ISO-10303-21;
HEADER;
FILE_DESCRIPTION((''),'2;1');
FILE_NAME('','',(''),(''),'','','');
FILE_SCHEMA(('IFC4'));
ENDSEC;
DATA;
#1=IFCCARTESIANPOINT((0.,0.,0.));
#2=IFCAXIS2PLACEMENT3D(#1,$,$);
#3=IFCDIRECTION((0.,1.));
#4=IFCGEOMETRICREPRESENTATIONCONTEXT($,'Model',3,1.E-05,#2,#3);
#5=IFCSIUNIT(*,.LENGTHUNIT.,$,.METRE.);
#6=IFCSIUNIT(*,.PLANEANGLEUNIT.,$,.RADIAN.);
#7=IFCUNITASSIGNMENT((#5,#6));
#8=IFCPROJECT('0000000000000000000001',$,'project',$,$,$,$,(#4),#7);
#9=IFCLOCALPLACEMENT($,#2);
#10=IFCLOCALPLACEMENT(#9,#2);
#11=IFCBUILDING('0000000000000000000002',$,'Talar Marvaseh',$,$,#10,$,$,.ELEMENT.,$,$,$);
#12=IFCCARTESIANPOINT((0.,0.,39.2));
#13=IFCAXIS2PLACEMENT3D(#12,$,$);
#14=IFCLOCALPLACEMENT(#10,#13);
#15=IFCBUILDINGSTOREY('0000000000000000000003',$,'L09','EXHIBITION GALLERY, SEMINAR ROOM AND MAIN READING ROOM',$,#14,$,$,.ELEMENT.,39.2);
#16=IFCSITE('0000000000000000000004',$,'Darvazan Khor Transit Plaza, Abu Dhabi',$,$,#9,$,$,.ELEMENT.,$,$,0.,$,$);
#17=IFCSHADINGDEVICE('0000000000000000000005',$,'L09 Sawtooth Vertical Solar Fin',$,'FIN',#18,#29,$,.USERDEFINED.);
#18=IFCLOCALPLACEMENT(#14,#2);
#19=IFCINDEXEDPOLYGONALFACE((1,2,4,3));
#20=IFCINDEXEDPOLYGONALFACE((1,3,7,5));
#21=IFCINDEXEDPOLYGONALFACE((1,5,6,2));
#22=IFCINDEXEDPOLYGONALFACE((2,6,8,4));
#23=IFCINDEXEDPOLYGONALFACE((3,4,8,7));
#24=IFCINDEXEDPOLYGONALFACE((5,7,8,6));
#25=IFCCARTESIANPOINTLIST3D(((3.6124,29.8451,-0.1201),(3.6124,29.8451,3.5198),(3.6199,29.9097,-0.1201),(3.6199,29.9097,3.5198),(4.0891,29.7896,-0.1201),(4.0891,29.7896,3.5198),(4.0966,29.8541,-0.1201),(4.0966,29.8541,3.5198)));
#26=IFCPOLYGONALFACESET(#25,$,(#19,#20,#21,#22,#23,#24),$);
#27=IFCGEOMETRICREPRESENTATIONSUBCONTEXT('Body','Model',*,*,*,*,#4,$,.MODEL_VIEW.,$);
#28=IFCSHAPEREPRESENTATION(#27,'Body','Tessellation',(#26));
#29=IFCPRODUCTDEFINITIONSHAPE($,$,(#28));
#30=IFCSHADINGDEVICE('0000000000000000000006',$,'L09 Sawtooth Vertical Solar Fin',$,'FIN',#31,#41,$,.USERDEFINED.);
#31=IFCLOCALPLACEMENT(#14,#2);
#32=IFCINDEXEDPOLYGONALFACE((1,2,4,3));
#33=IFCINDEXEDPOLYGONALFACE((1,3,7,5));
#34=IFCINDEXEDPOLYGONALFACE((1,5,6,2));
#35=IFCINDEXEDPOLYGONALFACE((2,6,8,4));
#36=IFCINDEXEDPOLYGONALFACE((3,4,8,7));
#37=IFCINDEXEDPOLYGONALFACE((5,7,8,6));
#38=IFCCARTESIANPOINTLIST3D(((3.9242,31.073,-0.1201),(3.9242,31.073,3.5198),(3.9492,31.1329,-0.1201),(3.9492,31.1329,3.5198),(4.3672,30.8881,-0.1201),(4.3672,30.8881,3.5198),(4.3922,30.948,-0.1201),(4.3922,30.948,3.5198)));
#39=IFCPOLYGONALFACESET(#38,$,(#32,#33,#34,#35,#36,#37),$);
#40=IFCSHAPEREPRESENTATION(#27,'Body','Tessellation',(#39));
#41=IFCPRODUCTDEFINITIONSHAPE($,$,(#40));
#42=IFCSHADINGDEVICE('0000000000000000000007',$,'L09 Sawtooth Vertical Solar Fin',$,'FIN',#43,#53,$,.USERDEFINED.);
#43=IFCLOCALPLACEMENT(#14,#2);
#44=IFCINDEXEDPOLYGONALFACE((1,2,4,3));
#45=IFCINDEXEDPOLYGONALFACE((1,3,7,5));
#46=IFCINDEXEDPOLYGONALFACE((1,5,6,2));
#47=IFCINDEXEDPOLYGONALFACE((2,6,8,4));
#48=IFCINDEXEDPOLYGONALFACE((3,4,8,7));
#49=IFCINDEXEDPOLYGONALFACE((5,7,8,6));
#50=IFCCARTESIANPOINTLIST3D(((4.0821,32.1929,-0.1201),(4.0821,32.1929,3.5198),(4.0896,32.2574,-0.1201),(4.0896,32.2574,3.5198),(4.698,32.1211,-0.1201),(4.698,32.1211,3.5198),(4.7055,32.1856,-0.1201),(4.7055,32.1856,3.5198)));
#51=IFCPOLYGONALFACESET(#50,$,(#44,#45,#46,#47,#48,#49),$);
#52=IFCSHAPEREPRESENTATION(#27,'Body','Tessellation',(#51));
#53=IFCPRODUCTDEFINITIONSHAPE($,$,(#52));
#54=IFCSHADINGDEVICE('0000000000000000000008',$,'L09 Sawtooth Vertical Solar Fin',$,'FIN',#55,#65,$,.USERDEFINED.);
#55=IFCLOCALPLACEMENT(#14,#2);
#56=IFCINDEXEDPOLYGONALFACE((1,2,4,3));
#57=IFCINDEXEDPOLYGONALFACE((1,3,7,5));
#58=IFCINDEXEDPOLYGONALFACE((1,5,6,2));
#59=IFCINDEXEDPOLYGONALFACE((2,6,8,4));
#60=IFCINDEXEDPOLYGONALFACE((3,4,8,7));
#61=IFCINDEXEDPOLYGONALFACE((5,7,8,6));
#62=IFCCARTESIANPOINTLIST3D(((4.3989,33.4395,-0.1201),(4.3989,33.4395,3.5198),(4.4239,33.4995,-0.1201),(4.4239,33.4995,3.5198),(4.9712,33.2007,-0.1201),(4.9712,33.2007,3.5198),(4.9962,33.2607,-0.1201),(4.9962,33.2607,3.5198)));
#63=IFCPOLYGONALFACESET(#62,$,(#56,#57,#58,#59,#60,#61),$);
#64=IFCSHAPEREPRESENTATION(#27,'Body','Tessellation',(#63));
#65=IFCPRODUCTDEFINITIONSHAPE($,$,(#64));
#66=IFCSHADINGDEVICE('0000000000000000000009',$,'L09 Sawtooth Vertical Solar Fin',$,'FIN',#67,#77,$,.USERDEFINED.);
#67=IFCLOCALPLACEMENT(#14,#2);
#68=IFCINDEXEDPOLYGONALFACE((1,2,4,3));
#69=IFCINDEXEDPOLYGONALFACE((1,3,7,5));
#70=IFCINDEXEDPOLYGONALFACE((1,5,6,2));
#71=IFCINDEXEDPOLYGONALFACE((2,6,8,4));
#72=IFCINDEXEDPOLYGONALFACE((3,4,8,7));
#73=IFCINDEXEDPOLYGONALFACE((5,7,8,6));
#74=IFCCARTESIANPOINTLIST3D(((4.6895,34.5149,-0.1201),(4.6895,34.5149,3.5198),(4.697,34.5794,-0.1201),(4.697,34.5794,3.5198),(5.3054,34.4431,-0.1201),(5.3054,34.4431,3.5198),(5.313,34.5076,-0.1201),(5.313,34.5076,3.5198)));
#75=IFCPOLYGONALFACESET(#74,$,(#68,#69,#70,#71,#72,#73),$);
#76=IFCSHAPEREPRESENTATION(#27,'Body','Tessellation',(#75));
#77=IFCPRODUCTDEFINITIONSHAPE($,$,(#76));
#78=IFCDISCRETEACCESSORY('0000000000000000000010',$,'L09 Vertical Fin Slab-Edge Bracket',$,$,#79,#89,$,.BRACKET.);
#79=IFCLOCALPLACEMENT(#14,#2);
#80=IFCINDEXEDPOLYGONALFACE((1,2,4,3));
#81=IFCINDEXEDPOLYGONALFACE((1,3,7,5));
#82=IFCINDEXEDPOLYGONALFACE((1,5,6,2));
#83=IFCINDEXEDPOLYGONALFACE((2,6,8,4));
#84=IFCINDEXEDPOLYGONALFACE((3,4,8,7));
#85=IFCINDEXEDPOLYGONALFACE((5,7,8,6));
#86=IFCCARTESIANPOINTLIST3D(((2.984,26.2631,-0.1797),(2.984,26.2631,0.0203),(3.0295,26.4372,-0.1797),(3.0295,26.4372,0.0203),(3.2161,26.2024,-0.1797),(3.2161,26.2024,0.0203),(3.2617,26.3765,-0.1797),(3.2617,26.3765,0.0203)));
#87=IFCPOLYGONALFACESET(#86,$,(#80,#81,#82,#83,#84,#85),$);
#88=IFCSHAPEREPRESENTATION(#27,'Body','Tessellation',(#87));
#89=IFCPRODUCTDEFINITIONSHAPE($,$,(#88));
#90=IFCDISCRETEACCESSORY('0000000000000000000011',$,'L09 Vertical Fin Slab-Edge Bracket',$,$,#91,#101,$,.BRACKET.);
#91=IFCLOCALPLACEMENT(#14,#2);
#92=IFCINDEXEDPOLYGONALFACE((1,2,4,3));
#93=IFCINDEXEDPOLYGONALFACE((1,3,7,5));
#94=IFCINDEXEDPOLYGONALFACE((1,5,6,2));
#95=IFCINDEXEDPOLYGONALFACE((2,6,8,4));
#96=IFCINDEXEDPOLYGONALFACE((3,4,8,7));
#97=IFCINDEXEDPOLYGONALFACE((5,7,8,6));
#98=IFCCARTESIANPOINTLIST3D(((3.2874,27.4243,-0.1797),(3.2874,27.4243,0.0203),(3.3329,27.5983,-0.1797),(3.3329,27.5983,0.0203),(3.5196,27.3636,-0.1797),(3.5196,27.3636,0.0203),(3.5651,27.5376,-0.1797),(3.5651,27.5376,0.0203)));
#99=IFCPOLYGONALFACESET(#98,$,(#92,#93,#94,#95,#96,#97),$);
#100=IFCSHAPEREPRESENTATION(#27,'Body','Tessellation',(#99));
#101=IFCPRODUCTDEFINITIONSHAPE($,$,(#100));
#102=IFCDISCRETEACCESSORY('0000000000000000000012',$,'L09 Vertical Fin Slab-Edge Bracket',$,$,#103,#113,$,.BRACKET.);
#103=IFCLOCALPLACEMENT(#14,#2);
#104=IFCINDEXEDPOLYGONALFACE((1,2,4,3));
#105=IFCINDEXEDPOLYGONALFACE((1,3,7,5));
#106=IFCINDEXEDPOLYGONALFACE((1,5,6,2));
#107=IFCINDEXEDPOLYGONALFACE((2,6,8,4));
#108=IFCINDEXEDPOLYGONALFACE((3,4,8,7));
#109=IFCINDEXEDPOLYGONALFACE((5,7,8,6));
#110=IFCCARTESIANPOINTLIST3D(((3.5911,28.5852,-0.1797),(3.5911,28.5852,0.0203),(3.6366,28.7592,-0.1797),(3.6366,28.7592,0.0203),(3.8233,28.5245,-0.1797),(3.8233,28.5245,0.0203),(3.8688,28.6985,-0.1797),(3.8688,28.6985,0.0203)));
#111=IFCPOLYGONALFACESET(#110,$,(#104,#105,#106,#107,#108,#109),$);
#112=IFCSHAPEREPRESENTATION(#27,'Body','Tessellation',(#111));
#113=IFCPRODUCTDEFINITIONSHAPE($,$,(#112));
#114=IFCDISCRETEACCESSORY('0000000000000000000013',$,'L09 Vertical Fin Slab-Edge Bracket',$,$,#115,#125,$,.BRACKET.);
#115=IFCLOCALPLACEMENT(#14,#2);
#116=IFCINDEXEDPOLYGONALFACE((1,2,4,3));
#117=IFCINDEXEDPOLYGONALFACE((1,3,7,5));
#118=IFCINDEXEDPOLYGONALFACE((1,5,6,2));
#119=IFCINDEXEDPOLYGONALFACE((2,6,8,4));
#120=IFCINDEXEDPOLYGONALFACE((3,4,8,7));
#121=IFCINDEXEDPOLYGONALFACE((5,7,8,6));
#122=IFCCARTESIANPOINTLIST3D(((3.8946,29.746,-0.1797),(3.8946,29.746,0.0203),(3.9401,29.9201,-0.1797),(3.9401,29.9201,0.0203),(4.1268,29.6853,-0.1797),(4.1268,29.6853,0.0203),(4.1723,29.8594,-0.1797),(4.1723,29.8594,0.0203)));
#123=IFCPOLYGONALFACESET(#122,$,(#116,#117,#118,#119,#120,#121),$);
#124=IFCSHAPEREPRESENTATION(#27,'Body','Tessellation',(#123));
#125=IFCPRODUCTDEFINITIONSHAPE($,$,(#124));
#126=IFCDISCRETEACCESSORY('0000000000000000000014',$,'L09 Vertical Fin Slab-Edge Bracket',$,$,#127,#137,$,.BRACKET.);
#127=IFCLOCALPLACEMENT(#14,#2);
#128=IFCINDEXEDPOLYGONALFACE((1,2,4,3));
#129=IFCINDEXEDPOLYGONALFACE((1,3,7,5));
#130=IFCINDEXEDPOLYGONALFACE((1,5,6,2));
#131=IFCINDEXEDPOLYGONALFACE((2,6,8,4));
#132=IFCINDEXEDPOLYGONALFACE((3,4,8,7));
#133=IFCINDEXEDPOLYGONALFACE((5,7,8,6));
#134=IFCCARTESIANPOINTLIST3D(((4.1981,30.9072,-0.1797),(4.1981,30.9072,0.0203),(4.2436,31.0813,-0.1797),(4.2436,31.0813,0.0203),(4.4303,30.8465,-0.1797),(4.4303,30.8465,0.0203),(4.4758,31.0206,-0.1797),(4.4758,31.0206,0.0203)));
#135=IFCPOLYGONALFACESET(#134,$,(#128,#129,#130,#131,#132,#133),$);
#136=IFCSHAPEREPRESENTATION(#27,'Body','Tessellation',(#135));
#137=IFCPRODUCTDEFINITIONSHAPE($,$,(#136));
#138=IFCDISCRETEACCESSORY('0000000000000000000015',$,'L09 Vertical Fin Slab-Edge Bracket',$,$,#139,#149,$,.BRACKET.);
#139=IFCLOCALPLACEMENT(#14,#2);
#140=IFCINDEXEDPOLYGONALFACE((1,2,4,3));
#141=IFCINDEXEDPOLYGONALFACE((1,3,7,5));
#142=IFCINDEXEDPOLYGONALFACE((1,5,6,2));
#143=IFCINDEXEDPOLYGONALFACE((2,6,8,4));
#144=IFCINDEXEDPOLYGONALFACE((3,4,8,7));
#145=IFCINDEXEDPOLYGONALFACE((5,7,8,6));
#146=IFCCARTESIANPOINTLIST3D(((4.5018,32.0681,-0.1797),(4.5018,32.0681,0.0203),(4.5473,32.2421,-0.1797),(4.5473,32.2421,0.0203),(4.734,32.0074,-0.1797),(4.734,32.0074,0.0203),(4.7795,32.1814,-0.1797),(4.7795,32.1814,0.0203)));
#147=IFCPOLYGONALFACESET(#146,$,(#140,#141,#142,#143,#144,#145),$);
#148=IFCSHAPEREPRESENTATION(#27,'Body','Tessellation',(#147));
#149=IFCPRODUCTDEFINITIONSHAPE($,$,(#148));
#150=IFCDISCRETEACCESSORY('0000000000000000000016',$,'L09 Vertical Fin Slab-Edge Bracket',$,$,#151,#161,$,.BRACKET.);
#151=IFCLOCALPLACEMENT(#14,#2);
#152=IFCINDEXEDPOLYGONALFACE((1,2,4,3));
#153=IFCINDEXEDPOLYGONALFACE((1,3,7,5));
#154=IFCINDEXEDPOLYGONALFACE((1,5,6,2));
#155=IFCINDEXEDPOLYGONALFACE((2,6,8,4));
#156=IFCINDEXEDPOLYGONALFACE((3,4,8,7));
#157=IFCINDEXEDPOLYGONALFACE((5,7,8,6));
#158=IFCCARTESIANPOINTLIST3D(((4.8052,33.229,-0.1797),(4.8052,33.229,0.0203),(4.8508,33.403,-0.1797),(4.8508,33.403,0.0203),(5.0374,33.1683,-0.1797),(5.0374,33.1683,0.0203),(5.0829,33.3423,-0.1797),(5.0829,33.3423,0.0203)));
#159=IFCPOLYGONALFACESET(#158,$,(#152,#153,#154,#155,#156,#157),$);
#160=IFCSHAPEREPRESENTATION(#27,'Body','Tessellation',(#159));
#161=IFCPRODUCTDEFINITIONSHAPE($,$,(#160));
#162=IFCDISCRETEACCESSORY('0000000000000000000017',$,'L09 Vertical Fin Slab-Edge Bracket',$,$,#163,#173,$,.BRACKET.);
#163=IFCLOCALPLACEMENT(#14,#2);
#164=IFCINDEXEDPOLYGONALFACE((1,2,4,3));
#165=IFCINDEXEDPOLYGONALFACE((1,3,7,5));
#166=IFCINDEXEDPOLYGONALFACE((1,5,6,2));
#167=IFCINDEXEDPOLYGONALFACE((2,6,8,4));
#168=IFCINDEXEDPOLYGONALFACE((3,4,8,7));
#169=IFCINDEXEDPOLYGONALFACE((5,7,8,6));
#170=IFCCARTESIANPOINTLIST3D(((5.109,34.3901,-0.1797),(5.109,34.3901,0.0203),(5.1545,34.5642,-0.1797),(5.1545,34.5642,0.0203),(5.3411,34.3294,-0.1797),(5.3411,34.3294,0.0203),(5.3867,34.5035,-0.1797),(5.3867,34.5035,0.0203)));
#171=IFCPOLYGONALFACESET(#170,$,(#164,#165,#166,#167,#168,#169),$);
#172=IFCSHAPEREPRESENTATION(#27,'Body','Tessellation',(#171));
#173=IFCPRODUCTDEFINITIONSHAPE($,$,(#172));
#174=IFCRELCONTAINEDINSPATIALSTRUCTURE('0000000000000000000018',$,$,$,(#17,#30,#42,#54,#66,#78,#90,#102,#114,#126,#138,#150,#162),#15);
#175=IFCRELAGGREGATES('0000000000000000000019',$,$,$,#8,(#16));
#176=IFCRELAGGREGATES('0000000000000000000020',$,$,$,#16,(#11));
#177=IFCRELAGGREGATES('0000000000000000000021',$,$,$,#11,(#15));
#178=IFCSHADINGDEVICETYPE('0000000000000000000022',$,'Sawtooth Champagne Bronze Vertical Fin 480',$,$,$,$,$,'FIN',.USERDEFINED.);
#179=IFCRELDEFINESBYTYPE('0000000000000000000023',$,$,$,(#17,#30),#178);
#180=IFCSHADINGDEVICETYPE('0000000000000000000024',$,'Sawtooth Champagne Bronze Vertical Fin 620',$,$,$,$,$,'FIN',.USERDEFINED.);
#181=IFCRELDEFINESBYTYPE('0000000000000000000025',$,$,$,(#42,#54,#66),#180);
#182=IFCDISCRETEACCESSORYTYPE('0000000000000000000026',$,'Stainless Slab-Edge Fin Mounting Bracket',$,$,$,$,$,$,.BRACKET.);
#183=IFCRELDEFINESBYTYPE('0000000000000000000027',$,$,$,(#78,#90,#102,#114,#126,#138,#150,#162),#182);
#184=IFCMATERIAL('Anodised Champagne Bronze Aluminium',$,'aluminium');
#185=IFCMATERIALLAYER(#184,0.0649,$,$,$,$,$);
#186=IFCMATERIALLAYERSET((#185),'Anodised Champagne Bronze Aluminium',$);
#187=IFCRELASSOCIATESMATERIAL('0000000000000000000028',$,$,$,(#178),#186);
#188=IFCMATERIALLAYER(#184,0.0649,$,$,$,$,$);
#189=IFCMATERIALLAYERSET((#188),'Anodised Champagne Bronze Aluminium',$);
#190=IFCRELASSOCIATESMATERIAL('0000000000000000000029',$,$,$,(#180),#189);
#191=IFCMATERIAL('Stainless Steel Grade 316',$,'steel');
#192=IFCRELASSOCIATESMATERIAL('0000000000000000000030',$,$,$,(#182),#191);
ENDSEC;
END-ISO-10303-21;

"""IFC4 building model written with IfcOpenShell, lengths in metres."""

from ifc_helpers import new_model, si_unit, direction, frame, origin, origin_2d, place, context, subcontext, project, spatial, rectangle, extrude, source, transform, mapped, material, layer, layer_set, type_object, type_shapes, element, save


model = new_model("IFC4")

# Units and contexts
model_context = context("Model", 3, precision=1e-05, world=origin(), true_north=direction((0.0, 1.0)))
body_context = subcontext(model_context, "Body", "Model", "MODEL_VIEW")
ifc_project = project(units=[si_unit("LENGTHUNIT", "METRE"), si_unit("PLANEANGLEUNIT", "RADIAN")], contexts=[model_context])

# Site, building, storey
site_placement = place(None, origin())
site = spatial("IfcSite", under=ifc_project, at=site_placement, Name="Darvazan Khor Transit Plaza, Abu Dhabi", CompositionType="ELEMENT", RefElevation=0.0)
building_placement = place(site_placement, origin())
building = spatial("IfcBuilding", under=site, at=building_placement, Name="Talar Marvaseh", CompositionType="ELEMENT")
storey_placement = place(building_placement, frame((0.0, 0.0, 39.2)))
storey = spatial("IfcBuildingStorey", under=building, at=storey_placement, Name="L09", Description="EXHIBITION GALLERY, SEMINAR ROOM AND MAIN READING ROOM", CompositionType="ELEMENT", Elevation=39.2)

# Shading devices
ifc_material_1 = material(Name="Anodised Champagne Bronze Aluminium", Category="aluminium")
ifc_layer_1 = layer(ifc_material_1, 0.0649)
ifc_layer_set_1 = layer_set([ifc_layer_1], Name="Anodised Champagne Bronze Aluminium")
shading_device_type_1 = type_object("IfcShadingDeviceType", Name="Sawtooth Champagne Bronze Vertical Fin 480", ElementType="FIN", PredefinedType="USERDEFINED", material=ifc_layer_set_1)
shared_shape_1 = source(origin(), body_context, "Body", "SweptSolid", [
    extrude(rectangle(XDim=0.48, YDim=0.0649, at=origin_2d()), origin(), (0.0, 0.0, 1.0), 3.6399),
])
type_shapes(shading_device_type_1, [shared_shape_1])
for number, where, z_axis, x_axis, name in (
    (1, (3.8545, 29.8496, -0.1201), (0.0, 0.0, 1.0), (-0.993272, 0.115804, 0.0), "L09 Sawtooth Vertical Solar Fin"),
    (2, (4.1582, 31.0105, -0.1201), (0.0, 0.0, 1.0), (-0.922875, 0.385101, 0.0), "L09 Sawtooth Vertical Solar Fin"),
):
    element("IfcShadingDevice", number, at=place(storey_placement, frame(where, z_axis=z_axis, x_axis=x_axis)), inside=storey, type_object=shading_device_type_1, Name=name, ObjectType="FIN", PredefinedType="USERDEFINED", context=body_context, shape_type="MappedRepresentation", body=[
        mapped(shared_shape_1, transform((0.0, 0.0, 0.0), x_axis=(1.0, 0.0, 0.0), y_axis=(0.0, 1.0, 0.0), z_axis=(0.0, 0.0, 1.0), scale=1.0)),
    ])
ifc_layer_2 = layer(ifc_material_1, 0.0649)
ifc_layer_set_2 = layer_set([ifc_layer_2], Name="Anodised Champagne Bronze Aluminium")
shading_device_type_2 = type_object("IfcShadingDeviceType", Name="Sawtooth Champagne Bronze Vertical Fin 620", ElementType="FIN", PredefinedType="USERDEFINED", material=ifc_layer_set_2)
shared_shape_2 = source(origin(), body_context, "Body", "SweptSolid", [
    extrude(rectangle(XDim=0.6201, YDim=0.0649, at=origin_2d()), origin(), (0.0, 0.0, 1.0), 3.6399),
])
type_shapes(shading_device_type_2, [shared_shape_2])
for number, where, z_axis, x_axis, name in (
    (3, (4.3938, 32.1892, -0.1201), (0.0, 0.0, 1.0), (-0.993272, 0.115804, 0.0), "L09 Sawtooth Vertical Solar Fin"),
    (4, (4.6975, 33.3501, -0.1201), (0.0, 0.0, 1.0), (-0.922875, 0.385101, 0.0), "L09 Sawtooth Vertical Solar Fin"),
    (5, (5.0012, 34.5112, -0.1201), (0.0, 0.0, 1.0), (-0.993272, 0.115804, 0.0), "L09 Sawtooth Vertical Solar Fin"),
):
    element("IfcShadingDevice", number, at=place(storey_placement, frame(where, z_axis=z_axis, x_axis=x_axis)), inside=storey, type_object=shading_device_type_2, Name=name, ObjectType="FIN", PredefinedType="USERDEFINED", context=body_context, shape_type="MappedRepresentation", body=[
        mapped(shared_shape_2, transform((0.0, 0.0, 0.0), x_axis=(1.0, 0.0, 0.0), y_axis=(0.0, 1.0, 0.0), z_axis=(0.0, 0.0, 1.0), scale=1.0)),
    ])

# Discrete accessories
ifc_material_2 = material(Name="Stainless Steel Grade 316", Category="steel")
discrete_accessory_type = type_object("IfcDiscreteAccessoryType", Name="Stainless Slab-Edge Fin Mounting Bracket", PredefinedType="BRACKET", material=ifc_material_2)
shared_shape_3 = source(origin(), body_context, "Body", "SweptSolid", [
    extrude(rectangle(XDim=0.24, YDim=0.1799, at=origin_2d()), origin(), (0.0, 0.0, 1.0), 0.2),
])
type_shapes(discrete_accessory_type, [shared_shape_3])
for number, where, z_axis, x_axis, name in (
    (6, (3.1228, 26.3198, -0.1797), (0.0, 0.0, 1.0), (-0.967489, 0.252914, 0.0), "L09 Vertical Fin Slab-Edge Bracket"),
    (7, (3.4263, 27.481, -0.1797), (0.0, 0.0, 1.0), (-0.967489, 0.252914, 0.0), "L09 Vertical Fin Slab-Edge Bracket"),
    (8, (3.73, 28.6418, -0.1797), (0.0, 0.0, 1.0), (-0.967489, 0.252914, 0.0), "L09 Vertical Fin Slab-Edge Bracket"),
    (9, (4.0334, 29.8027, -0.1797), (0.0, 0.0, 1.0), (-0.967489, 0.252914, 0.0), "L09 Vertical Fin Slab-Edge Bracket"),
    (10, (4.3369, 30.9639, -0.1797), (0.0, 0.0, 1.0), (-0.967489, 0.252914, 0.0), "L09 Vertical Fin Slab-Edge Bracket"),
    (11, (4.6406, 32.1248, -0.1797), (0.0, 0.0, 1.0), (-0.967489, 0.252914, 0.0), "L09 Vertical Fin Slab-Edge Bracket"),
    (12, (4.9441, 33.2856, -0.1797), (0.0, 0.0, 1.0), (-0.967489, 0.252914, 0.0), "L09 Vertical Fin Slab-Edge Bracket"),
    (13, (5.2478, 34.4468, -0.1797), (0.0, 0.0, 1.0), (-0.967489, 0.252914, 0.0), "L09 Vertical Fin Slab-Edge Bracket"),
):
    element("IfcDiscreteAccessory", number, at=place(storey_placement, frame(where, z_axis=z_axis, x_axis=x_axis)), inside=storey, type_object=discrete_accessory_type, Name=name, PredefinedType="BRACKET", context=body_context, shape_type="MappedRepresentation", body=[
        mapped(shared_shape_3, transform((0.0, 0.0, 0.0), x_axis=(1.0, 0.0, 0.0), y_axis=(0.0, 1.0, 0.0), z_axis=(0.0, 0.0, 1.0), scale=1.0)),
    ])

save(model, "model.ifc")
